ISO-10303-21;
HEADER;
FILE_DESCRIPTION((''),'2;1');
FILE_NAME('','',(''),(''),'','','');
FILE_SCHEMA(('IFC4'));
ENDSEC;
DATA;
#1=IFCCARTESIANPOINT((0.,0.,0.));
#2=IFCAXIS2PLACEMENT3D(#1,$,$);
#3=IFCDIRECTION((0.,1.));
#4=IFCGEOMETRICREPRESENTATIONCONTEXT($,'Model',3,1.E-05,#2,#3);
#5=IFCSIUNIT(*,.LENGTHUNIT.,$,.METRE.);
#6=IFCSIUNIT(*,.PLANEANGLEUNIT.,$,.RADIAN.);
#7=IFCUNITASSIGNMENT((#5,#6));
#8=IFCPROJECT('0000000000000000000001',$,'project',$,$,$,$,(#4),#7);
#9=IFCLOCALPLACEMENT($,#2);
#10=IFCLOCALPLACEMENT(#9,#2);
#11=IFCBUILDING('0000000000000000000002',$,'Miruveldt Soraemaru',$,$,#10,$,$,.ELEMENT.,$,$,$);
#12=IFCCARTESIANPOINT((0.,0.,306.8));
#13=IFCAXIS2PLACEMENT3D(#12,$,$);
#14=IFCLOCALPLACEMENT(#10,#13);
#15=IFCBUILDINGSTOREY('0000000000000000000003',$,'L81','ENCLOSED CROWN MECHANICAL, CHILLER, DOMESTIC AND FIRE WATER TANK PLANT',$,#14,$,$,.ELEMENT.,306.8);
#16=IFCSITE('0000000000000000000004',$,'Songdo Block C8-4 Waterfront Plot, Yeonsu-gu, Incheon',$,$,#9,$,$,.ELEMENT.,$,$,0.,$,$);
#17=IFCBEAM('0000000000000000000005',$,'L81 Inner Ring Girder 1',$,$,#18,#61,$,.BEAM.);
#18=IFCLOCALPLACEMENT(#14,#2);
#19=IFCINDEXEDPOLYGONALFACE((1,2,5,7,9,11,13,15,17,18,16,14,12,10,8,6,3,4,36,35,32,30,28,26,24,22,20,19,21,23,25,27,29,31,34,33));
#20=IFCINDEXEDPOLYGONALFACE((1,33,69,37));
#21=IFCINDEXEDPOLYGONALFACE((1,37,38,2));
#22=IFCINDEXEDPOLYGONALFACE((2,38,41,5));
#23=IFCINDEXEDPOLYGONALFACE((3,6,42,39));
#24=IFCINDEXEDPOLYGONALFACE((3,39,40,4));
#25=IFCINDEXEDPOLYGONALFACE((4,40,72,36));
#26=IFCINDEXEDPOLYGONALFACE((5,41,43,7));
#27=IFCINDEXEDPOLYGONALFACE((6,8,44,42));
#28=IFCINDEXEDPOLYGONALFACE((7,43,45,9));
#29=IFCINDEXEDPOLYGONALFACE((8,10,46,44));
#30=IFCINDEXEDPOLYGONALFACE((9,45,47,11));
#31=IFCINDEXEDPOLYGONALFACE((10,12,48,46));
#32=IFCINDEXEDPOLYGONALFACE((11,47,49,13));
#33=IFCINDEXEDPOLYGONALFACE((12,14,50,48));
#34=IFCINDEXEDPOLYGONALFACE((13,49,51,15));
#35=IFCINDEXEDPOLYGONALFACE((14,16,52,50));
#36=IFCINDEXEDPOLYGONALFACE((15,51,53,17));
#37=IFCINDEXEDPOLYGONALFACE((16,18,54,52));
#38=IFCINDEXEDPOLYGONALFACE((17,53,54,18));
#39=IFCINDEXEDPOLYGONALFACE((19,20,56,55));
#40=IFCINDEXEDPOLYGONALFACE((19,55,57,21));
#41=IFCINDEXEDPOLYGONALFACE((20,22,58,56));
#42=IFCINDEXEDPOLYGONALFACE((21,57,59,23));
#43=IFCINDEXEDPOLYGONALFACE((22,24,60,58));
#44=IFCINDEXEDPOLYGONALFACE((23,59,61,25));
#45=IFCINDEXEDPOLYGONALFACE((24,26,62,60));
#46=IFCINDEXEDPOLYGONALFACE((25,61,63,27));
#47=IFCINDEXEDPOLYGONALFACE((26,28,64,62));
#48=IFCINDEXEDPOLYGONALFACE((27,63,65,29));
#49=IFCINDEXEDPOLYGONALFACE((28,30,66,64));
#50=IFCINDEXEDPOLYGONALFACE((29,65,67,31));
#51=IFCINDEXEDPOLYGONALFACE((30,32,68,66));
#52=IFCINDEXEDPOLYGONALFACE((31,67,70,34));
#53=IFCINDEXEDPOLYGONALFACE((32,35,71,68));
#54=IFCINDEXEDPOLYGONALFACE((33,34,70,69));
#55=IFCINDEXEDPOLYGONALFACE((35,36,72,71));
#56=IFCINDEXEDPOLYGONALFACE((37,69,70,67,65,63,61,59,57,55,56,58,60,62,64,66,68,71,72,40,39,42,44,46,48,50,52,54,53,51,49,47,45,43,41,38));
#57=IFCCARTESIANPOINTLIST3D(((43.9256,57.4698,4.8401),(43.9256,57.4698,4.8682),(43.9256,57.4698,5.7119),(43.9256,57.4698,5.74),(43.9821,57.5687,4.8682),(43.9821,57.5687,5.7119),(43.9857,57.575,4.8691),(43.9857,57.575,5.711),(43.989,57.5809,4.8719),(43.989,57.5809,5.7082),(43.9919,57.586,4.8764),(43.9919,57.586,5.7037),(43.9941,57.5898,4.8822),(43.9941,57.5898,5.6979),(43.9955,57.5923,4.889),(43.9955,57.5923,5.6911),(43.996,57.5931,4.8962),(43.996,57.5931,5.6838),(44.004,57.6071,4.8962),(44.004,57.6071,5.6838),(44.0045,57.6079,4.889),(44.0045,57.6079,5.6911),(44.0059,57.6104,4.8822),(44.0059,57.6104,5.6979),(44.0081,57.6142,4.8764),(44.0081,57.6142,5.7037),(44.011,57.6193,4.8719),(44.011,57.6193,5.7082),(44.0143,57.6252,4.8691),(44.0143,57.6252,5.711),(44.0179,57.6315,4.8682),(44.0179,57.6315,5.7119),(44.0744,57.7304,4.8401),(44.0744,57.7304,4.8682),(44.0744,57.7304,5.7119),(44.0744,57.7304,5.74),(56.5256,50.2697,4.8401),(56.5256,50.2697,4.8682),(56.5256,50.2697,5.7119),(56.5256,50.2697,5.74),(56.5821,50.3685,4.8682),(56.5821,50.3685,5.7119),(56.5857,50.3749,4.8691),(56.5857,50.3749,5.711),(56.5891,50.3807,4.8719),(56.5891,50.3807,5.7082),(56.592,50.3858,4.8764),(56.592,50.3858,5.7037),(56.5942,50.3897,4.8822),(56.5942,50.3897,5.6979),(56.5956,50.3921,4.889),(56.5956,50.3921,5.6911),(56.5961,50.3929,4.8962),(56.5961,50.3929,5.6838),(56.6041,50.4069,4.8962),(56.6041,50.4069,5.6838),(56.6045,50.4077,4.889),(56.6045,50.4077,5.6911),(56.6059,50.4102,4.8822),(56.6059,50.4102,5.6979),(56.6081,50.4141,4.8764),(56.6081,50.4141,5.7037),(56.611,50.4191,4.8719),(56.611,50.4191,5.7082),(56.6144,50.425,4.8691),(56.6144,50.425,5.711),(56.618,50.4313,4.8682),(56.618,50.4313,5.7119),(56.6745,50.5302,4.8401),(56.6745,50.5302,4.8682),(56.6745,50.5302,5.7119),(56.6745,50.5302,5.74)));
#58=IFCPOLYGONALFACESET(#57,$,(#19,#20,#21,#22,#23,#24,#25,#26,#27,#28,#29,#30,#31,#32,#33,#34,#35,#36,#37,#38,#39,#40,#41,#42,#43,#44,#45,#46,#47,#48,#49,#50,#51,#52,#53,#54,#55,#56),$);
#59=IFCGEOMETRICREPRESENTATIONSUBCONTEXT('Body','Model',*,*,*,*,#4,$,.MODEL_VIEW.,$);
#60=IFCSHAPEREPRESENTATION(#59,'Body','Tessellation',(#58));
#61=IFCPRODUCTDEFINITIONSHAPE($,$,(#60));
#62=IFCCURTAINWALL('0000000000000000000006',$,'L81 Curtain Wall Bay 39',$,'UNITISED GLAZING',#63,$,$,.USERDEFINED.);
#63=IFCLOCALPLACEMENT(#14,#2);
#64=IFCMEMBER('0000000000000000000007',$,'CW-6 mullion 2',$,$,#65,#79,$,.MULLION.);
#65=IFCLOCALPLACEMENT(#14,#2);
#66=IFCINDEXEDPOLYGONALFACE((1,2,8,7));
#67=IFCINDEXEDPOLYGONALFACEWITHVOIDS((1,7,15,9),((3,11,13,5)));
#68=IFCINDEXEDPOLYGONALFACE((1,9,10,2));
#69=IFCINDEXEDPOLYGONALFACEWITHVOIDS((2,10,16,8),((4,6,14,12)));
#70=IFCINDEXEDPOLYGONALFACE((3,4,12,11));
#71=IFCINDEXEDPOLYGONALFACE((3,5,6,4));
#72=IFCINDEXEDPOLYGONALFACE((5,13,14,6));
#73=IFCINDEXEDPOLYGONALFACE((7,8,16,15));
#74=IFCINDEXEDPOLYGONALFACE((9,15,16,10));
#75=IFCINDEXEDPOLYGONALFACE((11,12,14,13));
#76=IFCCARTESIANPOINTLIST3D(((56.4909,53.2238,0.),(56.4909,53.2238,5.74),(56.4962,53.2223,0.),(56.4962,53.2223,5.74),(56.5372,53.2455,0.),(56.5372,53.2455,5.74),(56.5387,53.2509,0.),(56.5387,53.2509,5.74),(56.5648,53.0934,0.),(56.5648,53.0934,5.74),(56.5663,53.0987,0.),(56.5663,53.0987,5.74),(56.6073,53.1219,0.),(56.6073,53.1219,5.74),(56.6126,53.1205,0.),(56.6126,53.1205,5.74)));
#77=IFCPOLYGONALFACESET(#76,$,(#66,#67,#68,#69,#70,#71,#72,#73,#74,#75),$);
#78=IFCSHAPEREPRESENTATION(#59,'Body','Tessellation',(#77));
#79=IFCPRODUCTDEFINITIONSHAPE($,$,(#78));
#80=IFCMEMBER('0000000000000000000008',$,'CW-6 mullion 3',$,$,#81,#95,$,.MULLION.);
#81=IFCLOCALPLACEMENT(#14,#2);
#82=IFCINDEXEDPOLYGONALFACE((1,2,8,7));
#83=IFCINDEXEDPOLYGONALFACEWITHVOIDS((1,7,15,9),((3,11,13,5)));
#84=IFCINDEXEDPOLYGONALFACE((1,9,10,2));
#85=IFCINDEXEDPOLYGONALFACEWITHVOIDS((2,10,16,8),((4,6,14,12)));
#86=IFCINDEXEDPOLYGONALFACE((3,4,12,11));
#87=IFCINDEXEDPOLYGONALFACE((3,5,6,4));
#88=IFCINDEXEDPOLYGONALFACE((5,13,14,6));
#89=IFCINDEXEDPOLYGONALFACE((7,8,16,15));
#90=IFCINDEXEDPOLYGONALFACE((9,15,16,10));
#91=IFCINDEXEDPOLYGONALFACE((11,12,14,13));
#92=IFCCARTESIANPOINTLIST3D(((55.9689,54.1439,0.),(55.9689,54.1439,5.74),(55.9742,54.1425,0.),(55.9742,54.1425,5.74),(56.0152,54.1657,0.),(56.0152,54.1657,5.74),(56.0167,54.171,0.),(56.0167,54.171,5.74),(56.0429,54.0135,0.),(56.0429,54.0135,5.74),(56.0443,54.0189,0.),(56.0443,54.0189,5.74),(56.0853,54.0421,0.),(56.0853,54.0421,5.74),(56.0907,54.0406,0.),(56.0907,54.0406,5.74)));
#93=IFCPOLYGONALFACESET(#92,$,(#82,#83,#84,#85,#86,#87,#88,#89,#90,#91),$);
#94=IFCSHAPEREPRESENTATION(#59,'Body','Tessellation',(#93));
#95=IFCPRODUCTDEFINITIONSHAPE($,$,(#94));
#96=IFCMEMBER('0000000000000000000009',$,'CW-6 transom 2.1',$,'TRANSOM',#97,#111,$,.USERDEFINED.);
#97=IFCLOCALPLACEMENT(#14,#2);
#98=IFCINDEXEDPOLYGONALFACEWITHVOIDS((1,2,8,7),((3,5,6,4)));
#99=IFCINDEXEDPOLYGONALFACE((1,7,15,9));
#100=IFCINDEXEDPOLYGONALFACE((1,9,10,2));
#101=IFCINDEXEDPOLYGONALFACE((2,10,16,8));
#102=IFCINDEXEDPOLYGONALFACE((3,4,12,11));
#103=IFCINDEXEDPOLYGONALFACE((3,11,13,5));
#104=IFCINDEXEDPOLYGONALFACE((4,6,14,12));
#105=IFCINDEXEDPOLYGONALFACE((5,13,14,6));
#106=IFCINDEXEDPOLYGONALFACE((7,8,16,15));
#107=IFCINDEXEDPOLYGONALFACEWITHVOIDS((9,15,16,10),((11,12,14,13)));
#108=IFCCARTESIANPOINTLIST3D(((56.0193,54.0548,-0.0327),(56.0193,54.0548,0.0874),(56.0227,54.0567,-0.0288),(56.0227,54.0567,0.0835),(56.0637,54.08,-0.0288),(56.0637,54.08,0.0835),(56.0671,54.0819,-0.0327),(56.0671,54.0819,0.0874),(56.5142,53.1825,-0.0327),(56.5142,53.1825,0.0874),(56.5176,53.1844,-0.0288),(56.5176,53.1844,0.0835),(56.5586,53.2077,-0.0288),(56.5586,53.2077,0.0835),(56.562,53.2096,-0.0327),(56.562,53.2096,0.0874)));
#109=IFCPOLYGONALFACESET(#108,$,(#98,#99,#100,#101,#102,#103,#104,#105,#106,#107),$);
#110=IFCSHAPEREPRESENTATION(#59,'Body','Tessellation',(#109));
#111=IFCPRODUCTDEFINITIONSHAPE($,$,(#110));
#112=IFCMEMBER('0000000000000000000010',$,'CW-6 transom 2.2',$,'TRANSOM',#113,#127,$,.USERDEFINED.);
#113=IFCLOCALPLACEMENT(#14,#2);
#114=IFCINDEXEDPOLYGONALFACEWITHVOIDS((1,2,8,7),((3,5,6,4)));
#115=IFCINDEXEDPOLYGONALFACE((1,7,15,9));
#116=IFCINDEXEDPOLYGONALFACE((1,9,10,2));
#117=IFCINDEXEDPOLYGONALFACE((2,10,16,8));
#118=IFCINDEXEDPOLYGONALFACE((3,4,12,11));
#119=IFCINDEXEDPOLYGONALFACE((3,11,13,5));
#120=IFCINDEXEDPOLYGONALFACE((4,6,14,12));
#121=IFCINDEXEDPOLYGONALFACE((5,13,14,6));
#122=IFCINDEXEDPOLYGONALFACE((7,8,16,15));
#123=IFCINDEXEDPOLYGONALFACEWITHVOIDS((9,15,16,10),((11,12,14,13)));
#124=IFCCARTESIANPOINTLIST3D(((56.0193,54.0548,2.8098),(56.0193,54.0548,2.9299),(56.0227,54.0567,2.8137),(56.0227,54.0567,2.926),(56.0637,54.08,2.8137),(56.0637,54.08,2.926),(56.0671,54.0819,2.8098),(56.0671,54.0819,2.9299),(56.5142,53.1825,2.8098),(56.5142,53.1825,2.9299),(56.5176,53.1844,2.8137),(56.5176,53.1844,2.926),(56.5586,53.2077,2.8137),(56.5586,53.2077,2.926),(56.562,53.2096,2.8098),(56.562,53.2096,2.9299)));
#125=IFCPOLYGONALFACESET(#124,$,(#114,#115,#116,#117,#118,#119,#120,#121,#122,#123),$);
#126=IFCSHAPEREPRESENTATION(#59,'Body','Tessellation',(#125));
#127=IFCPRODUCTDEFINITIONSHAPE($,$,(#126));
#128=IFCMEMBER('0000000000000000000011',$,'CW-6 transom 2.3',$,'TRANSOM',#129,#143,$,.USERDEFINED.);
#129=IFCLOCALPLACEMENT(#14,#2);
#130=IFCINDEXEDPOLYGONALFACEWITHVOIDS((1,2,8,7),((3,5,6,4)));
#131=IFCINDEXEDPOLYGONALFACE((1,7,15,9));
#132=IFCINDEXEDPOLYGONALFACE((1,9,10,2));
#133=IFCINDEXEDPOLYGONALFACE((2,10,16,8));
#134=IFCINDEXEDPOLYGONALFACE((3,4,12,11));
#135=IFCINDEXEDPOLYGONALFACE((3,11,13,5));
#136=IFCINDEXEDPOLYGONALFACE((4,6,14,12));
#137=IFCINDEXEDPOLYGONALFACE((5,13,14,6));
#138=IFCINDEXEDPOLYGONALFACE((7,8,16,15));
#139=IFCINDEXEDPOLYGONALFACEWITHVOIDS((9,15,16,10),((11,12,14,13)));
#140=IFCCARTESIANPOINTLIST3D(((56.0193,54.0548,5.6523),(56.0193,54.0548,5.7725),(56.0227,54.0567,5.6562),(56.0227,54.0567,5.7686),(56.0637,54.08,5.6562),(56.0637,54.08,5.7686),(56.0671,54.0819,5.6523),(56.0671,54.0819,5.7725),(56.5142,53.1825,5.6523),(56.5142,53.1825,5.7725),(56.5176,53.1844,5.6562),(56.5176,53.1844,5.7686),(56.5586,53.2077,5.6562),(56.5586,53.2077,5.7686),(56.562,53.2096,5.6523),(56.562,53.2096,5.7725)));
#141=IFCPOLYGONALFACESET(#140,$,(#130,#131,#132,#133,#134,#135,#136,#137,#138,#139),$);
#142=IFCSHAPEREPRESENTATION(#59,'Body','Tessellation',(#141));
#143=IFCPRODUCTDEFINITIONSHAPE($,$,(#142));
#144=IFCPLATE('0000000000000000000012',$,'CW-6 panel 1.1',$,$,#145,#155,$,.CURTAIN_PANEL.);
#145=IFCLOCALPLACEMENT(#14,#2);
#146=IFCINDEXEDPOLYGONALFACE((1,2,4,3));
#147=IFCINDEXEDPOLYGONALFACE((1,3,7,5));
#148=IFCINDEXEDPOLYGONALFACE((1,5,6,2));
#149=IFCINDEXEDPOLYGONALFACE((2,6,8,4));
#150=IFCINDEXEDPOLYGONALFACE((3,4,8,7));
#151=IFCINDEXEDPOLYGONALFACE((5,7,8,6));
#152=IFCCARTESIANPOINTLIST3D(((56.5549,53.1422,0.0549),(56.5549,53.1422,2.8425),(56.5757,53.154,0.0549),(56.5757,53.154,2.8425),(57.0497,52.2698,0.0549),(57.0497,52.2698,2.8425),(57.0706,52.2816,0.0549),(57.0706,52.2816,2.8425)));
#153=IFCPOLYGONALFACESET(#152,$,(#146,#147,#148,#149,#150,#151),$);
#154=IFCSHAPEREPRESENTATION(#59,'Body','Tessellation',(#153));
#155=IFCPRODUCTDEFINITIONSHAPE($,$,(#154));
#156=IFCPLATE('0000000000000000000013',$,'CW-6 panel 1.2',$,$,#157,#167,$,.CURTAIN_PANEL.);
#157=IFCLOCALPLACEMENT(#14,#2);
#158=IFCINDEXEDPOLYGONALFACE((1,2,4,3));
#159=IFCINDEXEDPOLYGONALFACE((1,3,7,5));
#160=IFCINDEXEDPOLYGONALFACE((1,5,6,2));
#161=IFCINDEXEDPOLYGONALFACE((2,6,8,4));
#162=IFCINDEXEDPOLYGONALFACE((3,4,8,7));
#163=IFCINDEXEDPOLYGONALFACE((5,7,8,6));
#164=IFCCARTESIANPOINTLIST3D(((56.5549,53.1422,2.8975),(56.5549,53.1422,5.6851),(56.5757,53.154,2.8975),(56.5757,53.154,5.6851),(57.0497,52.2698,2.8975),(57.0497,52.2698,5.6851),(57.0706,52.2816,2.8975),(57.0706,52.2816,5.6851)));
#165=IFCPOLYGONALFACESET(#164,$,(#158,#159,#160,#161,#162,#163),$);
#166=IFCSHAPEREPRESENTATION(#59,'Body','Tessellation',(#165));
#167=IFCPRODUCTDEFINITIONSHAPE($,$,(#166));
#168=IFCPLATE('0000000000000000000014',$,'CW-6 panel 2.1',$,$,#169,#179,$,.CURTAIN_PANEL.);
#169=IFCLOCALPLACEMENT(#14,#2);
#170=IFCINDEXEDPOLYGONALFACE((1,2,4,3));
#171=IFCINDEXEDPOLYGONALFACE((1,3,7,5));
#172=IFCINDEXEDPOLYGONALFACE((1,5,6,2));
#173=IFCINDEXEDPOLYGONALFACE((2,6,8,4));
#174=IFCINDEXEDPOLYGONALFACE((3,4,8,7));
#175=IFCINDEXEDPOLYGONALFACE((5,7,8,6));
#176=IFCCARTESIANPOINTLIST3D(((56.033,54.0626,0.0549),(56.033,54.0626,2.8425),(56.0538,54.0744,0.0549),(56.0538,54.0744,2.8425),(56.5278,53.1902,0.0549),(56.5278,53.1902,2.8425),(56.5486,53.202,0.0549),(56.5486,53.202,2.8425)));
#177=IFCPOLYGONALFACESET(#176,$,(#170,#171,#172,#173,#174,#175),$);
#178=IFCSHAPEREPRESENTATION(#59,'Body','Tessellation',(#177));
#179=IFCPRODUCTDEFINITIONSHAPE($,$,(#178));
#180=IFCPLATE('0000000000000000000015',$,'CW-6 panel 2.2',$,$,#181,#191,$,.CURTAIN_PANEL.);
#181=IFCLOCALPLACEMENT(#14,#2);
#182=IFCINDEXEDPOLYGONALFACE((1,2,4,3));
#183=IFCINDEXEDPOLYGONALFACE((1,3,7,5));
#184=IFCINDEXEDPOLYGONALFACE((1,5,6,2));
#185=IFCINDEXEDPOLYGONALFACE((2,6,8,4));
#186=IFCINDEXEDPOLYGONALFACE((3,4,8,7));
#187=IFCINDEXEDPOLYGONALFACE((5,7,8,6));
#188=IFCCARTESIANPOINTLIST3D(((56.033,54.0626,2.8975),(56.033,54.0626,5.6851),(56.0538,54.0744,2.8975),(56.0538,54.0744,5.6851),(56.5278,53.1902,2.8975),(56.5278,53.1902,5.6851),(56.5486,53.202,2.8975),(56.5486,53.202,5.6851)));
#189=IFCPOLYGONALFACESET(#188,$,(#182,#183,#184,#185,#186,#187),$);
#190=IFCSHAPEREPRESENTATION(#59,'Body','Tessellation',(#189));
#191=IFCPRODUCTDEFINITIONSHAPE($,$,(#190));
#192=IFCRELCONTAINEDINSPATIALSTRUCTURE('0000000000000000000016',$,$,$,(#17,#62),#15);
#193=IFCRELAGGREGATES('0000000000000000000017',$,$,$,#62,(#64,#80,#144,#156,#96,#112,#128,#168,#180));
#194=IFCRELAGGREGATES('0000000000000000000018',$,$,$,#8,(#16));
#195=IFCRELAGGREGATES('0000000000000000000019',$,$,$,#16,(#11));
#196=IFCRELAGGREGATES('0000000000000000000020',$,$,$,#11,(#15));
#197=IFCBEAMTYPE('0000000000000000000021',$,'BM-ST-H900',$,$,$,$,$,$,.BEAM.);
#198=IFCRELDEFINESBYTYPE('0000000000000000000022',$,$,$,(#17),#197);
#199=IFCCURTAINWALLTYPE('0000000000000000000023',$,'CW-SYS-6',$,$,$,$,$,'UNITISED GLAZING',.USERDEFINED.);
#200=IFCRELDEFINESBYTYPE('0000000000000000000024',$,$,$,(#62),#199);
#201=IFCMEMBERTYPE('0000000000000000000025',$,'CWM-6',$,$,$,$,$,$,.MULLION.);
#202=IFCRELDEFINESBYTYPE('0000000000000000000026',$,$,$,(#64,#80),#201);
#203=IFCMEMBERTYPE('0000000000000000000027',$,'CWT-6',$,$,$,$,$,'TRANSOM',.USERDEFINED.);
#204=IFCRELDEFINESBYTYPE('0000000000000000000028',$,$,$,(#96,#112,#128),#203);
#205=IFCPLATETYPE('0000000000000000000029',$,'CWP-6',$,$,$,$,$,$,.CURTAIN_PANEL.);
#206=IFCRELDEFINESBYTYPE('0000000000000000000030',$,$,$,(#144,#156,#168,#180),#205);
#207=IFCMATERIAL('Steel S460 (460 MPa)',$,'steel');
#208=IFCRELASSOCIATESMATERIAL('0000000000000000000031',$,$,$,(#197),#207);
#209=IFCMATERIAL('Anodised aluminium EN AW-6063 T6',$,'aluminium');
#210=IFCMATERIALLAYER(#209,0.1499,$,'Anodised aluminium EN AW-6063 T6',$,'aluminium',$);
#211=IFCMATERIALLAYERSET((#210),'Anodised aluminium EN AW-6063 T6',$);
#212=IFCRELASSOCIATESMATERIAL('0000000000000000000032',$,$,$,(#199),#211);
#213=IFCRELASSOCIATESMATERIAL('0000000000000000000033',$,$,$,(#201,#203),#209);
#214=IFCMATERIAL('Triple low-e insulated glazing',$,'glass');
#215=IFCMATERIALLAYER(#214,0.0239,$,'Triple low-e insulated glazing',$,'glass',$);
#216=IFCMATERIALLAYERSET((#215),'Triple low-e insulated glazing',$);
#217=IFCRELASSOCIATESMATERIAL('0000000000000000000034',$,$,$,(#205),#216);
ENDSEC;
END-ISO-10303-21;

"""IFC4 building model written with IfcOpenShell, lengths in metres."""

from ifc_helpers import new_model, si_unit, direction, frame, origin, origin_2d, place, context, subcontext, project, spatial, rectangle, hollow_rectangle, i_section, extrude, material, layer, layer_set, material_profile, profile_set, type_object, element, aggregate, save


model = new_model("IFC4")

# Units and contexts
model_context = context("Model", 3, precision=1e-05, world=origin(), true_north=direction((0.0, 1.0)))
body_context = subcontext(model_context, "Body", "Model", "MODEL_VIEW")
ifc_project = project(units=[si_unit("LENGTHUNIT", "METRE"), si_unit("PLANEANGLEUNIT", "RADIAN")], contexts=[model_context])

# Site, building, storey
site_placement = place(None, origin())
site = spatial("IfcSite", under=ifc_project, at=site_placement, Name="Songdo Block C8-4 Waterfront Plot, Yeonsu-gu, Incheon", CompositionType="ELEMENT", RefElevation=0.0)
building_placement = place(site_placement, origin())
building = spatial("IfcBuilding", under=site, at=building_placement, Name="Miruveldt Soraemaru", CompositionType="ELEMENT")
storey_placement = place(building_placement, frame((0.0, 0.0, 306.8)))
storey = spatial("IfcBuildingStorey", under=building, at=storey_placement, Name="L81", Description="ENCLOSED CROWN MECHANICAL, CHILLER, DOMESTIC AND FIRE WATER TANK PLANT", CompositionType="ELEMENT", Elevation=306.8)

# Beam
ifc_material_1 = material(Name="Steel S460 (460 MPa)", Category="steel")
ifc_material_profile_1 = material_profile(ifc_material_1, i_section(OverallWidth=0.3, OverallDepth=0.8999, WebThickness=0.0161, FlangeThickness=0.0281, FilletRadius=0.0281, at=origin_2d()), Name="Steel S460 (460 MPa)", Category="steel")
ifc_profile_set_1 = profile_set([ifc_material_profile_1], Name="Steel S460 (460 MPa)")
beam_type = type_object("IfcBeamType", Name="BM-ST-H900", PredefinedType="BEAM", material=ifc_profile_set_1)
beam_placement = place(storey_placement, frame((44.0, 57.6001, 5.29), z_axis=(0.868239, -0.496146, 0.0), x_axis=(0.496146, 0.868239, 0.0)))
element("IfcBeam", 1, at=beam_placement, inside=storey, type_object=beam_type, Name="L81 Inner Ring Girder 1", PredefinedType="BEAM", context=body_context, shape_type="SweptSolid", body=[
    extrude(i_section(OverallWidth=0.3, OverallDepth=0.8999, WebThickness=0.0161, FlangeThickness=0.0281, FilletRadius=0.0281, at=origin_2d()), origin(), (0.0, 0.0, 1.0), 14.5122),
])

# Curtain wall, members, plates
ifc_material_2 = material(Name="Anodised aluminium EN AW-6063 T6", Category="aluminium")
ifc_layer_1 = layer(ifc_material_2, 0.1499, Name="Anodised aluminium EN AW-6063 T6", Category="aluminium")
ifc_layer_set_1 = layer_set([ifc_layer_1], Name="Anodised aluminium EN AW-6063 T6")
curtain_wall_type = type_object("IfcCurtainWallType", Name="CW-SYS-6", ElementType="UNITISED GLAZING", PredefinedType="USERDEFINED", material=ifc_layer_set_1)
curtain_wall_placement = place(storey_placement, origin())
curtain_wall = element("IfcCurtainWall", 2, at=curtain_wall_placement, inside=storey, type_object=curtain_wall_type, Name="L81 Curtain Wall Bay 39", ObjectType="UNITISED GLAZING", PredefinedType="USERDEFINED")
ifc_material_profile_2 = material_profile(ifc_material_2, hollow_rectangle(XDim=0.0549, YDim=0.1499, WallThickness=0.0039, at=origin_2d()), Name="Anodised aluminium EN AW-6063 T6", Category="aluminium")
ifc_profile_set_2 = profile_set([ifc_material_profile_2], Name="Anodised aluminium EN AW-6063 T6")
member_type_1 = type_object("IfcMemberType", Name="CWM-6", PredefinedType="MULLION", material=ifc_profile_set_2)
member_1_placement = place(storey_placement, frame((56.5518, 53.1721, 0.0), z_axis=(0.0, 0.0, 1.0), x_axis=(-0.869823, -0.493364, 0.0)))
member_1 = element("IfcMember", 3, at=member_1_placement, type_object=member_type_1, Name="CW-6 mullion 2", PredefinedType="MULLION", context=body_context, shape_type="SweptSolid", body=[
    extrude(hollow_rectangle(XDim=0.0549, YDim=0.1499, WallThickness=0.0039, at=origin_2d()), origin(), (0.0, 0.0, 1.0), 5.74),
])
member_2_placement = place(storey_placement, frame((56.0298, 54.0923, 0.0), z_axis=(0.0, 0.0, 1.0), x_axis=(-0.869823, -0.493364, 0.0)))
member_2 = element("IfcMember", 4, at=member_2_placement, type_object=member_type_1, Name="CW-6 mullion 3", PredefinedType="MULLION", context=body_context, shape_type="SweptSolid", body=[
    extrude(hollow_rectangle(XDim=0.0549, YDim=0.1499, WallThickness=0.0039, at=origin_2d()), origin(), (0.0, 0.0, 1.0), 5.74),
])
ifc_material_profile_3 = material_profile(ifc_material_2, hollow_rectangle(XDim=0.0549, YDim=0.1201, WallThickness=0.0039, at=origin_2d()), Name="Anodised aluminium EN AW-6063 T6", Category="aluminium")
ifc_profile_set_3 = profile_set([ifc_material_profile_3], Name="Anodised aluminium EN AW-6063 T6")
member_type_2 = type_object("IfcMemberType", Name="CWT-6", ElementType="TRANSOM", PredefinedType="USERDEFINED", material=ifc_profile_set_3)
member_3_placement = place(storey_placement, frame((56.5381, 53.196, 0.0273), z_axis=(-0.493436, 0.869782, 0.0), x_axis=(-0.869782, -0.493436, 0.0)))
member_3 = element("IfcMember", 5, at=member_3_placement, type_object=member_type_2, Name="CW-6 transom 2.1", ObjectType="TRANSOM", PredefinedType="USERDEFINED", context=body_context, shape_type="SweptSolid", body=[
    extrude(hollow_rectangle(XDim=0.0549, YDim=0.1201, WallThickness=0.0039, at=origin_2d()), origin(), (0.0, 0.0, 1.0), 1.0029),
])
member_4_placement = place(storey_placement, frame((56.5381, 53.196, 2.8699), z_axis=(-0.493436, 0.869782, 0.0), x_axis=(-0.869782, -0.493436, 0.0)))
member_4 = element("IfcMember", 6, at=member_4_placement, type_object=member_type_2, Name="CW-6 transom 2.2", ObjectType="TRANSOM", PredefinedType="USERDEFINED", context=body_context, shape_type="SweptSolid", body=[
    extrude(hollow_rectangle(XDim=0.0549, YDim=0.1201, WallThickness=0.0039, at=origin_2d()), origin(), (0.0, 0.0, 1.0), 1.0029),
])
member_5_placement = place(storey_placement, frame((56.5381, 53.196, 5.7124), z_axis=(-0.493436, 0.869782, 0.0), x_axis=(-0.869782, -0.493436, 0.0)))
member_5 = element("IfcMember", 7, at=member_5_placement, type_object=member_type_2, Name="CW-6 transom 2.3", ObjectType="TRANSOM", PredefinedType="USERDEFINED", context=body_context, shape_type="SweptSolid", body=[
    extrude(hollow_rectangle(XDim=0.0549, YDim=0.1201, WallThickness=0.0039, at=origin_2d()), origin(), (0.0, 0.0, 1.0), 1.0029),
])
ifc_material_3 = material(Name="Triple low-e insulated glazing", Category="glass")
ifc_layer_2 = layer(ifc_material_3, 0.0239, Name="Triple low-e insulated glazing", Category="glass")
ifc_layer_set_2 = layer_set([ifc_layer_2], Name="Triple low-e insulated glazing")
plate_type_1 = type_object("IfcPlateType", Name="CWP-6", PredefinedType="CURTAIN_PANEL", material=ifc_layer_set_2)
plate_1_placement = place(storey_placement, frame((56.8127, 52.7119, 0.0549), z_axis=(0.0, 0.0, 1.0), x_axis=(-0.493364, 0.869823, 0.0)))
plate_1 = element("IfcPlate", 8, at=plate_1_placement, type_object=plate_type_1, Name="CW-6 panel 1.1", PredefinedType="CURTAIN_PANEL", context=body_context, shape_type="SweptSolid", body=[
    extrude(rectangle(XDim=1.0029, YDim=0.0239, at=origin_2d()), origin(), (0.0, 0.0, 1.0), 2.7876),
])
plate_2_placement = place(storey_placement, frame((56.8127, 52.7119, 2.8975), z_axis=(0.0, 0.0, 1.0), x_axis=(-0.493364, 0.869823, 0.0)))
plate_2 = element("IfcPlate", 9, at=plate_2_placement, type_object=plate_type_1, Name="CW-6 panel 1.2", PredefinedType="CURTAIN_PANEL", context=body_context, shape_type="SweptSolid", body=[
    extrude(rectangle(XDim=1.0029, YDim=0.0239, at=origin_2d()), origin(), (0.0, 0.0, 1.0), 2.7876),
])
plate_3_placement = place(storey_placement, frame((56.2908, 53.6323, 0.0549), z_axis=(0.0, 0.0, 1.0), x_axis=(-0.493364, 0.869823, 0.0)))
plate_3 = element("IfcPlate", 10, at=plate_3_placement, type_object=plate_type_1, Name="CW-6 panel 2.1", PredefinedType="CURTAIN_PANEL", context=body_context, shape_type="SweptSolid", body=[
    extrude(rectangle(XDim=1.0029, YDim=0.0239, at=origin_2d()), origin(), (0.0, 0.0, 1.0), 2.7876),
])
plate_4_placement = place(storey_placement, frame((56.2908, 53.6323, 2.8975), z_axis=(0.0, 0.0, 1.0), x_axis=(-0.493364, 0.869823, 0.0)))
plate_4 = element("IfcPlate", 11, at=plate_4_placement, type_object=plate_type_1, Name="CW-6 panel 2.2", PredefinedType="CURTAIN_PANEL", context=body_context, shape_type="SweptSolid", body=[
    extrude(rectangle(XDim=1.0029, YDim=0.0239, at=origin_2d()), origin(), (0.0, 0.0, 1.0), 2.7876),
])
aggregate(curtain_wall, [member_1, member_2, plate_1, plate_2, member_3, member_4, member_5, plate_3, plate_4])

save(model, "model.ifc")
